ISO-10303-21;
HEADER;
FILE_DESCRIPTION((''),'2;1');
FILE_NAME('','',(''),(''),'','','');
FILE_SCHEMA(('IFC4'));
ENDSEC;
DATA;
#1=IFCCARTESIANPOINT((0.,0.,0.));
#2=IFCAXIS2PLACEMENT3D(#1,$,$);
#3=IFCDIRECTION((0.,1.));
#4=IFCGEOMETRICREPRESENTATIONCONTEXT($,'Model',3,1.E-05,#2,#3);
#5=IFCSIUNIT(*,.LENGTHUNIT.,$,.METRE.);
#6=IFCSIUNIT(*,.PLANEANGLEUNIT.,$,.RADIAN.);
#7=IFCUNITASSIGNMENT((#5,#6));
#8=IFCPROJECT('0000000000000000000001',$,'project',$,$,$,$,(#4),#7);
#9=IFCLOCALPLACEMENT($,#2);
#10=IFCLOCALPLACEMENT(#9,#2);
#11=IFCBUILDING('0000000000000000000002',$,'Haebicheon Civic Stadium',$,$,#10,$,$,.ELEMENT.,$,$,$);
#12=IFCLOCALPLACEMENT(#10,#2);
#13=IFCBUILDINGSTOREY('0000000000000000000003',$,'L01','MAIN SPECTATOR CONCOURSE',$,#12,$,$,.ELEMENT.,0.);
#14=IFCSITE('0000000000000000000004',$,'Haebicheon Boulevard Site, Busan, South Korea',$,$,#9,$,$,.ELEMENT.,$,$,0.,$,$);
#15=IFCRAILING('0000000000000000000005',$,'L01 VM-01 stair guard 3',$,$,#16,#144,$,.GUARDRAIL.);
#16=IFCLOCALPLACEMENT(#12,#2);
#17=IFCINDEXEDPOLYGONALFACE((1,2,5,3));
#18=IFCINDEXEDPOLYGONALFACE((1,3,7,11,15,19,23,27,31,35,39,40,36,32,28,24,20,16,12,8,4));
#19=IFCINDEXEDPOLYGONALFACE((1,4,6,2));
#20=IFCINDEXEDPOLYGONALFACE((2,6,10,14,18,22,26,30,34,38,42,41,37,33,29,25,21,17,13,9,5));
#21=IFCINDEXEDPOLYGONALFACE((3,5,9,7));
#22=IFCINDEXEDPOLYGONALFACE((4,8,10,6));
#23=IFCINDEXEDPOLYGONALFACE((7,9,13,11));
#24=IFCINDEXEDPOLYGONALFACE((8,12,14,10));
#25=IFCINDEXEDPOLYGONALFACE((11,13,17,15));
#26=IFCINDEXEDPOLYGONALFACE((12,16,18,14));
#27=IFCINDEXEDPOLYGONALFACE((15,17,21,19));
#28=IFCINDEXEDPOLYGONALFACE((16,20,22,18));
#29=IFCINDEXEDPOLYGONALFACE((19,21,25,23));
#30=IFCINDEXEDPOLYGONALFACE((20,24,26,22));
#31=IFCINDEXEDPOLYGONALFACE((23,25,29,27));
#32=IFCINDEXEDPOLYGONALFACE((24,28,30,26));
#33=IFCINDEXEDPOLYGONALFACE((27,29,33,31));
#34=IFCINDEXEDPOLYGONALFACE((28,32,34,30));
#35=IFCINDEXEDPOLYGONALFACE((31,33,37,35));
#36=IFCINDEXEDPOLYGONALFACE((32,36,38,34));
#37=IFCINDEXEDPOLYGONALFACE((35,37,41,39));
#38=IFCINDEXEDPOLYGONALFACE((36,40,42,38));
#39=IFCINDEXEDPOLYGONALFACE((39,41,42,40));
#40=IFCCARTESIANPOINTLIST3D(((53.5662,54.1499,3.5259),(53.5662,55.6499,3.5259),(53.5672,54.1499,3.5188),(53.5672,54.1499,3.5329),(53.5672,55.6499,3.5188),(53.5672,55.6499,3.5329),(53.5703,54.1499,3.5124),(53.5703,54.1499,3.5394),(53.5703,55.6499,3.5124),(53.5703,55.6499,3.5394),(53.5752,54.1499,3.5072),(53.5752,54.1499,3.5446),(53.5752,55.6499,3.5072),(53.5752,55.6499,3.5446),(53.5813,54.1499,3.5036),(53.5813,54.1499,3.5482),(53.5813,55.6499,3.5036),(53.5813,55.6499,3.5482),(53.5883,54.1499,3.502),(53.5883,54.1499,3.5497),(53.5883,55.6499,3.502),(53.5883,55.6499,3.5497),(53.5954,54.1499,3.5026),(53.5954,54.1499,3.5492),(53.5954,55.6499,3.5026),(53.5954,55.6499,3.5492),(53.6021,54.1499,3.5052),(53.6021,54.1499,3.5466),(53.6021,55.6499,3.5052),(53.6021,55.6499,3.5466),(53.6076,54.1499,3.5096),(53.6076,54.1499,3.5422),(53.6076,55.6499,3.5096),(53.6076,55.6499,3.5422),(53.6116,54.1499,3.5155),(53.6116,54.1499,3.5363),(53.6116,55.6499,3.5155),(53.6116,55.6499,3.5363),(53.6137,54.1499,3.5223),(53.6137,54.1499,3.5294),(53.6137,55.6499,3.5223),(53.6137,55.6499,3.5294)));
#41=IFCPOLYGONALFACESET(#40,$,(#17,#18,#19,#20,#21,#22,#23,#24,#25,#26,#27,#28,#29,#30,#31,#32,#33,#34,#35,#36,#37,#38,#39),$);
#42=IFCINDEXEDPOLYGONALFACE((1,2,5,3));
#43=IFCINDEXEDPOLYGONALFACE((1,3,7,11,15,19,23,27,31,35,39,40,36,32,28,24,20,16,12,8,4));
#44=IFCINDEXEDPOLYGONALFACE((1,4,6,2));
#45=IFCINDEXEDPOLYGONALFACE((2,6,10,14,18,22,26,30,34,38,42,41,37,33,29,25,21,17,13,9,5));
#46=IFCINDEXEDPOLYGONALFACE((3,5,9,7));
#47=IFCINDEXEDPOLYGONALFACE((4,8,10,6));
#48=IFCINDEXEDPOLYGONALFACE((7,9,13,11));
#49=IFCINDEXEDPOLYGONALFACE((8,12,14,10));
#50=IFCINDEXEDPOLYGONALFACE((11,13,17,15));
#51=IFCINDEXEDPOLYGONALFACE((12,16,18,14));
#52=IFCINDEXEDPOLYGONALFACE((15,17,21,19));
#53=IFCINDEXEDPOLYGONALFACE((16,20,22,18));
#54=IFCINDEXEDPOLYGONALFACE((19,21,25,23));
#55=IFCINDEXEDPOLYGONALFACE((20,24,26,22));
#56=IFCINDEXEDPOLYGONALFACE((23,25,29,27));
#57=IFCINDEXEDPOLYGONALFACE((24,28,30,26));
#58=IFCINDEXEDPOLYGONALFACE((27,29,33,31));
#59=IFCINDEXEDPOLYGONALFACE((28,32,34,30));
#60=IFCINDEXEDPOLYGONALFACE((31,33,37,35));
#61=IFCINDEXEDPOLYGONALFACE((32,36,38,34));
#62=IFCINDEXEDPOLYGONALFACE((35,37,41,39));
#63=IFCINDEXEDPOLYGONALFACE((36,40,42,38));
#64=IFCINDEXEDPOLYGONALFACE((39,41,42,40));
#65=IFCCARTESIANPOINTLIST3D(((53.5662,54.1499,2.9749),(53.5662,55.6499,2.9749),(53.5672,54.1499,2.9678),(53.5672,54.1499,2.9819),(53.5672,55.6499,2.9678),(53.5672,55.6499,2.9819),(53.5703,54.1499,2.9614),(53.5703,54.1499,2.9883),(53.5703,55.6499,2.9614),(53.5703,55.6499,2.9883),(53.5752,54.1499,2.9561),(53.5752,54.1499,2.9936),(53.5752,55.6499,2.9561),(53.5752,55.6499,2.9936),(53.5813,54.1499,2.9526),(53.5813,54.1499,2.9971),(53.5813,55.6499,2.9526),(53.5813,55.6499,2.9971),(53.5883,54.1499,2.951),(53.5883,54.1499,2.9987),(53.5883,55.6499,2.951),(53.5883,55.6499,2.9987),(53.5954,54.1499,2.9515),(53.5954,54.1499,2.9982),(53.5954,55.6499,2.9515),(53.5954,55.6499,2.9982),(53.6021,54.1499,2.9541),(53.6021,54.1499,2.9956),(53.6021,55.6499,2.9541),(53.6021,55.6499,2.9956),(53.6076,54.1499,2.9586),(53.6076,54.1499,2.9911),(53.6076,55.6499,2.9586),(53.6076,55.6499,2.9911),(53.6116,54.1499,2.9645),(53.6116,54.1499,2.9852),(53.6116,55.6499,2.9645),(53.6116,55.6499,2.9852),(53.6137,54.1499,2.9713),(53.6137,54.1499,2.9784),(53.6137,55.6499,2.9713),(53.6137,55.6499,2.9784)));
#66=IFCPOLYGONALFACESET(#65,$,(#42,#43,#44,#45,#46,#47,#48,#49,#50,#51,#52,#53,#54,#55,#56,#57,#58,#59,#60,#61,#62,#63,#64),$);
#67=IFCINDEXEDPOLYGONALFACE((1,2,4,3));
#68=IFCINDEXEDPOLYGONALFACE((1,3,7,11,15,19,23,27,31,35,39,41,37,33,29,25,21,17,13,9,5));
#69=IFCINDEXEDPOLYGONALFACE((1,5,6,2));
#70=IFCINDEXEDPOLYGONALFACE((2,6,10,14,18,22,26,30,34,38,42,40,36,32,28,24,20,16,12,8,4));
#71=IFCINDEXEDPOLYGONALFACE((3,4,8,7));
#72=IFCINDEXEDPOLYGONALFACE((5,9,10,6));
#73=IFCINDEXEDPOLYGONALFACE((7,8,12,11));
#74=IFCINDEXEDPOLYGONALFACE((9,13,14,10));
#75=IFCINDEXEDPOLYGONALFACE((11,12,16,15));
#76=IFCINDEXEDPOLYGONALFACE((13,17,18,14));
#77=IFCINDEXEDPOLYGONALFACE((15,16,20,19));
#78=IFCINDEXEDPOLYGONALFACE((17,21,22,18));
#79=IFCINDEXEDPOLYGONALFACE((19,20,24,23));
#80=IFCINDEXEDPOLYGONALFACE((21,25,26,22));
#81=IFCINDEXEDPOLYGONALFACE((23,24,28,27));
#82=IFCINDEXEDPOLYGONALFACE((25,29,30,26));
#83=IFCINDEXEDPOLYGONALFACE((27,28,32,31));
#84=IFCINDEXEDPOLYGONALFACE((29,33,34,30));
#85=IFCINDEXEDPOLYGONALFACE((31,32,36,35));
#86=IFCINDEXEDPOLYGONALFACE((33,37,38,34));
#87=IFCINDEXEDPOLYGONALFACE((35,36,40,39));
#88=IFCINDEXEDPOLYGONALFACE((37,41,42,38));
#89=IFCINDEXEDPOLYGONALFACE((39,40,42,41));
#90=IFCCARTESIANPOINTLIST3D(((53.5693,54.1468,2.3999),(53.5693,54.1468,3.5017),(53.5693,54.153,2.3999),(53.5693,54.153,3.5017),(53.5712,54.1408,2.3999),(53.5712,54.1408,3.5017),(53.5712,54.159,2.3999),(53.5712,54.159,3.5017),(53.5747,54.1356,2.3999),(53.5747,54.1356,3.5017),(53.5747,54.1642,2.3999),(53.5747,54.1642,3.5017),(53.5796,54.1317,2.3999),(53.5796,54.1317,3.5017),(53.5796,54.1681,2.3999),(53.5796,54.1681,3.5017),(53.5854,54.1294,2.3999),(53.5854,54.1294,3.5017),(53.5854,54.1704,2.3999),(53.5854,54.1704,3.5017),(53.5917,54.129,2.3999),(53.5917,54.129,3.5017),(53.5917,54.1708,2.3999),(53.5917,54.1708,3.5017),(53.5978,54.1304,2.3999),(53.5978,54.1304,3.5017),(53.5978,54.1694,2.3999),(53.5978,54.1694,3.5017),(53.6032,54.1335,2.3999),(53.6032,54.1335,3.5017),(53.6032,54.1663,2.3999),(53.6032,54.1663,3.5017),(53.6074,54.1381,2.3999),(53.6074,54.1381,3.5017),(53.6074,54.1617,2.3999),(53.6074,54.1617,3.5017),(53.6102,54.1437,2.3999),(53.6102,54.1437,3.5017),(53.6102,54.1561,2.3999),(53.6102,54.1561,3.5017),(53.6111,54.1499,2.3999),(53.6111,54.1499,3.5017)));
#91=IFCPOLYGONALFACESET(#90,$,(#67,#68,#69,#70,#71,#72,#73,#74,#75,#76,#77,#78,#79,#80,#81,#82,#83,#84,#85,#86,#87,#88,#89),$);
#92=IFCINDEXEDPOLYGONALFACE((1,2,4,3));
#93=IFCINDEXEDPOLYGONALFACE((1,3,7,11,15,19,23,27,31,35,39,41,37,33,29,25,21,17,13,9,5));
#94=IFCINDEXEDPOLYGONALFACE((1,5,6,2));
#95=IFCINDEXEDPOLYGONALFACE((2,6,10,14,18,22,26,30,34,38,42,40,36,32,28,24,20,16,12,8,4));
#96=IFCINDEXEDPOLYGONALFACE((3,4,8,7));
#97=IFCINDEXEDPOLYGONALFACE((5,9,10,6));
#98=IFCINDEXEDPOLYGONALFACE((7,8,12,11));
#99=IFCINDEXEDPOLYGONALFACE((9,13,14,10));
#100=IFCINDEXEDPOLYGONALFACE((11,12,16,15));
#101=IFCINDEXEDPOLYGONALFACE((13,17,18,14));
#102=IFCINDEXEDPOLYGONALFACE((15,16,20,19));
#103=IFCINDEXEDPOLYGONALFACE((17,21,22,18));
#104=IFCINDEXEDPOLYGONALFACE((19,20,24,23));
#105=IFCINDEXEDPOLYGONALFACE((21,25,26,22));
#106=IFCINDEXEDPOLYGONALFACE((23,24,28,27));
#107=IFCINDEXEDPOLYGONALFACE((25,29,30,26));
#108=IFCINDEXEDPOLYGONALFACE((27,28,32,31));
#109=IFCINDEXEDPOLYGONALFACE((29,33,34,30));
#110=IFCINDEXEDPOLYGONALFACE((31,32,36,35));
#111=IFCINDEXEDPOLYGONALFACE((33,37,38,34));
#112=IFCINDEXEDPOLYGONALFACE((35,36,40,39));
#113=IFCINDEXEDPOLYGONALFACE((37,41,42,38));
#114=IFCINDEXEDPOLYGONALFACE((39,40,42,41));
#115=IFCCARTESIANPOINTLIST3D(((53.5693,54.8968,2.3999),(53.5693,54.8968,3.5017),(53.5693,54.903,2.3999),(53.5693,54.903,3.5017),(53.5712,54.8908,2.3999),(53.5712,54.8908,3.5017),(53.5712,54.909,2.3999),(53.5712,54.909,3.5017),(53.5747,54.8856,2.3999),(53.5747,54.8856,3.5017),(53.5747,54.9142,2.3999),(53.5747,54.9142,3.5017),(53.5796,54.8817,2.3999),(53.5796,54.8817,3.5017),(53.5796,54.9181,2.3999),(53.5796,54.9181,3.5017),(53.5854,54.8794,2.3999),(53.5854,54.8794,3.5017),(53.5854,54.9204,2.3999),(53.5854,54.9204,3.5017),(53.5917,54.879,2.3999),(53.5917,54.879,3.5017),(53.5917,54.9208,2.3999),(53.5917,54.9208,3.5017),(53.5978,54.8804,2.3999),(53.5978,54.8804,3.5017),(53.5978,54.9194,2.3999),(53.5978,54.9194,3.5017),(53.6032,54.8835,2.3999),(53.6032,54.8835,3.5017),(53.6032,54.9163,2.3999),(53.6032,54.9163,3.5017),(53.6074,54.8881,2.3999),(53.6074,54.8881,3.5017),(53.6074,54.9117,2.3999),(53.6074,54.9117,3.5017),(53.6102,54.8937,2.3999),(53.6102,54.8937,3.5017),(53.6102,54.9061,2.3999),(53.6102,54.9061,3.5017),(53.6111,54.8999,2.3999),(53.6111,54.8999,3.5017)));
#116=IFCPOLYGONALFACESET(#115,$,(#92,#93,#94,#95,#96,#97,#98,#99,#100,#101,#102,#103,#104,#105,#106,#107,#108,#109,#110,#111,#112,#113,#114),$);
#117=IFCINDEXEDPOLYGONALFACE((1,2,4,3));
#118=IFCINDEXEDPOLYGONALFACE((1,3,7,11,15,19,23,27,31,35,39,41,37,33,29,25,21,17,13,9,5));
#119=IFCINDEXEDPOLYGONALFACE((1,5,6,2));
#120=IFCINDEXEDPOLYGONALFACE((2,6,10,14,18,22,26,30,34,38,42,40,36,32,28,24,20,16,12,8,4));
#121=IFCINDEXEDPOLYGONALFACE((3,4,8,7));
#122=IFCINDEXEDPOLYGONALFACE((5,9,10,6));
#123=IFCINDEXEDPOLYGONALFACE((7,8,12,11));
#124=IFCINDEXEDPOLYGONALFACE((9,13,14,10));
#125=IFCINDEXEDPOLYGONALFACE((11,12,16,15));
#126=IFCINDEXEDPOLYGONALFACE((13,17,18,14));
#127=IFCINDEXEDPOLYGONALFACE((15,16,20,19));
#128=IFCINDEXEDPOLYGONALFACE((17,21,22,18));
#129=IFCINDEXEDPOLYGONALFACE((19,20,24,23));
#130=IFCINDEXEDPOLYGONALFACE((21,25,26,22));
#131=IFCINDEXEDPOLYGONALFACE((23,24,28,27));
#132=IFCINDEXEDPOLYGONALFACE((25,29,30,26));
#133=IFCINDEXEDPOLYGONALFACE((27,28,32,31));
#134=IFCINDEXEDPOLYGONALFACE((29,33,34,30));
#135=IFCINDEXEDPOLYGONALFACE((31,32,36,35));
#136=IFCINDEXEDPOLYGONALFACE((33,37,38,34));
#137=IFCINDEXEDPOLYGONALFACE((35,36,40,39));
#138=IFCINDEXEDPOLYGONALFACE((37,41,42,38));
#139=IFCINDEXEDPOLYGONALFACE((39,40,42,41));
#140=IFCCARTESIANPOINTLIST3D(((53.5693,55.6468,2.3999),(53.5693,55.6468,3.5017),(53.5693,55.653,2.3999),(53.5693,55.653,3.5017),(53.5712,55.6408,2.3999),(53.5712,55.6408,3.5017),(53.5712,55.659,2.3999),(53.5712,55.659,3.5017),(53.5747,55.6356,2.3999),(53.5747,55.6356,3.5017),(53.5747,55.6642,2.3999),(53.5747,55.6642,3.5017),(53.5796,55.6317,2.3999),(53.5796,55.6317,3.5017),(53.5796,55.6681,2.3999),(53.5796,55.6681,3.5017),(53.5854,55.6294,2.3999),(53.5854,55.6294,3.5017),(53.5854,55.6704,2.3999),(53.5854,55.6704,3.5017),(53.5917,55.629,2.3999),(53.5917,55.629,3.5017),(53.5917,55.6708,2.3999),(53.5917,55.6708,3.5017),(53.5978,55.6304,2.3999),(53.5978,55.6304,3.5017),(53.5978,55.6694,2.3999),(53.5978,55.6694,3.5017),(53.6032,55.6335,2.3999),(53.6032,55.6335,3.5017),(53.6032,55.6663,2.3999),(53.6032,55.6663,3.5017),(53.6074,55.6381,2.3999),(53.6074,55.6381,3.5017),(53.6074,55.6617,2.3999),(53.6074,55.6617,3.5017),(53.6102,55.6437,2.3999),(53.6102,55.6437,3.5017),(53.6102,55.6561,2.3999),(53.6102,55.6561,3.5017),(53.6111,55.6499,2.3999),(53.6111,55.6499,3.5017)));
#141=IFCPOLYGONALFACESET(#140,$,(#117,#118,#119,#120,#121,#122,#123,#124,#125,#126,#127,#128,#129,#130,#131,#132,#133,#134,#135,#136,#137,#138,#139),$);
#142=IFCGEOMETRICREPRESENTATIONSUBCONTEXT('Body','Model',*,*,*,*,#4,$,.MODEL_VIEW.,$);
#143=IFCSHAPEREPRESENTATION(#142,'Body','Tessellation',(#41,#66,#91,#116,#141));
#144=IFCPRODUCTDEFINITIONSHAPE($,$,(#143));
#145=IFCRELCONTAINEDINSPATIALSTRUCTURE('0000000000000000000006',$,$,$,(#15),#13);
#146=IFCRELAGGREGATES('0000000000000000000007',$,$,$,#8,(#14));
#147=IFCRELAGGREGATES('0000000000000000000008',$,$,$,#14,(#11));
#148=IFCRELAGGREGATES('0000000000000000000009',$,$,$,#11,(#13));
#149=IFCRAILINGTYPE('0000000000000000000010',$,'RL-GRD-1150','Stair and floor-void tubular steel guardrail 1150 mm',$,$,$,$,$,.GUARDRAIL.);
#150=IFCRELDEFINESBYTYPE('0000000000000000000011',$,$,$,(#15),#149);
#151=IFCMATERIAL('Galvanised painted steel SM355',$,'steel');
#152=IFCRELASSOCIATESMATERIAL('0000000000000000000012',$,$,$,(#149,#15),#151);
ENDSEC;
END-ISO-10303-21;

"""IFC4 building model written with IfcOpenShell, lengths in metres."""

from ifc_helpers import new_model, si_unit, direction, frame, origin, origin_2d, place, context, subcontext, project, spatial, circle, extrude, material, type_object, element, save


model = new_model("IFC4")

# Units and contexts
model_context = context("Model", 3, precision=1e-05, world=origin(), true_north=direction((0.0, 1.0)))
body_context = subcontext(model_context, "Body", "Model", "MODEL_VIEW")
ifc_project = project(units=[si_unit("LENGTHUNIT", "METRE"), si_unit("PLANEANGLEUNIT", "RADIAN")], contexts=[model_context])

# Site, building, storey
site_placement = place(None, origin())
site = spatial("IfcSite", under=ifc_project, at=site_placement, Name="Haebicheon Boulevard Site, Busan, South Korea", CompositionType="ELEMENT", RefElevation=0.0)
building_placement = place(site_placement, origin())
building = spatial("IfcBuilding", under=site, at=building_placement, Name="Haebicheon Civic Stadium", CompositionType="ELEMENT")
storey_placement = place(building_placement, origin())
storey = spatial("IfcBuildingStorey", under=building, at=storey_placement, Name="L01", Description="MAIN SPECTATOR CONCOURSE", CompositionType="ELEMENT", Elevation=0.0)

# Railing
ifc_material_1 = material(Name="Galvanised painted steel SM355", Category="steel")
railing_type = type_object("IfcRailingType", Name="RL-GRD-1150", Description="Stair and floor-void tubular steel guardrail 1150 mm", PredefinedType="GUARDRAIL", material=ifc_material_1)
railing_1_placement = place(storey_placement, frame((53.5901, 54.1499, 2.3999)))
element("IfcRailing", 1, at=railing_1_placement, inside=storey, type_object=railing_type, material=ifc_material_1, Name="L01 VM-01 stair guard 3", PredefinedType="GUARDRAIL", context=body_context, shape_type="SweptSolid", body=[
    extrude(circle(Radius=0.0239, at=origin_2d()), frame((0.0, 0.0, 1.126), z_axis=(0.0, 1.0, 0.0), x_axis=(-1.0, 0.0, 0.0)), (0.0, 0.0, 1.0), 1.5),
    extrude(circle(Radius=0.0239, at=origin_2d()), frame((0.0, 0.0, 0.575), z_axis=(0.0, 1.0, 0.0), x_axis=(-1.0, 0.0, 0.0)), (0.0, 0.0, 1.0), 1.5),
    extrude(circle(Radius=0.021, at=origin_2d()), origin(), (0.0, 0.0, 1.0), 1.1018),
    extrude(circle(Radius=0.021, at=origin_2d()), frame((0.0, 0.75, 0.0)), (0.0, 0.0, 1.0), 1.1018),
    extrude(circle(Radius=0.021, at=origin_2d()), frame((0.0, 1.5, 0.0)), (0.0, 0.0, 1.0), 1.1018),
])

save(model, "model.ifc")
